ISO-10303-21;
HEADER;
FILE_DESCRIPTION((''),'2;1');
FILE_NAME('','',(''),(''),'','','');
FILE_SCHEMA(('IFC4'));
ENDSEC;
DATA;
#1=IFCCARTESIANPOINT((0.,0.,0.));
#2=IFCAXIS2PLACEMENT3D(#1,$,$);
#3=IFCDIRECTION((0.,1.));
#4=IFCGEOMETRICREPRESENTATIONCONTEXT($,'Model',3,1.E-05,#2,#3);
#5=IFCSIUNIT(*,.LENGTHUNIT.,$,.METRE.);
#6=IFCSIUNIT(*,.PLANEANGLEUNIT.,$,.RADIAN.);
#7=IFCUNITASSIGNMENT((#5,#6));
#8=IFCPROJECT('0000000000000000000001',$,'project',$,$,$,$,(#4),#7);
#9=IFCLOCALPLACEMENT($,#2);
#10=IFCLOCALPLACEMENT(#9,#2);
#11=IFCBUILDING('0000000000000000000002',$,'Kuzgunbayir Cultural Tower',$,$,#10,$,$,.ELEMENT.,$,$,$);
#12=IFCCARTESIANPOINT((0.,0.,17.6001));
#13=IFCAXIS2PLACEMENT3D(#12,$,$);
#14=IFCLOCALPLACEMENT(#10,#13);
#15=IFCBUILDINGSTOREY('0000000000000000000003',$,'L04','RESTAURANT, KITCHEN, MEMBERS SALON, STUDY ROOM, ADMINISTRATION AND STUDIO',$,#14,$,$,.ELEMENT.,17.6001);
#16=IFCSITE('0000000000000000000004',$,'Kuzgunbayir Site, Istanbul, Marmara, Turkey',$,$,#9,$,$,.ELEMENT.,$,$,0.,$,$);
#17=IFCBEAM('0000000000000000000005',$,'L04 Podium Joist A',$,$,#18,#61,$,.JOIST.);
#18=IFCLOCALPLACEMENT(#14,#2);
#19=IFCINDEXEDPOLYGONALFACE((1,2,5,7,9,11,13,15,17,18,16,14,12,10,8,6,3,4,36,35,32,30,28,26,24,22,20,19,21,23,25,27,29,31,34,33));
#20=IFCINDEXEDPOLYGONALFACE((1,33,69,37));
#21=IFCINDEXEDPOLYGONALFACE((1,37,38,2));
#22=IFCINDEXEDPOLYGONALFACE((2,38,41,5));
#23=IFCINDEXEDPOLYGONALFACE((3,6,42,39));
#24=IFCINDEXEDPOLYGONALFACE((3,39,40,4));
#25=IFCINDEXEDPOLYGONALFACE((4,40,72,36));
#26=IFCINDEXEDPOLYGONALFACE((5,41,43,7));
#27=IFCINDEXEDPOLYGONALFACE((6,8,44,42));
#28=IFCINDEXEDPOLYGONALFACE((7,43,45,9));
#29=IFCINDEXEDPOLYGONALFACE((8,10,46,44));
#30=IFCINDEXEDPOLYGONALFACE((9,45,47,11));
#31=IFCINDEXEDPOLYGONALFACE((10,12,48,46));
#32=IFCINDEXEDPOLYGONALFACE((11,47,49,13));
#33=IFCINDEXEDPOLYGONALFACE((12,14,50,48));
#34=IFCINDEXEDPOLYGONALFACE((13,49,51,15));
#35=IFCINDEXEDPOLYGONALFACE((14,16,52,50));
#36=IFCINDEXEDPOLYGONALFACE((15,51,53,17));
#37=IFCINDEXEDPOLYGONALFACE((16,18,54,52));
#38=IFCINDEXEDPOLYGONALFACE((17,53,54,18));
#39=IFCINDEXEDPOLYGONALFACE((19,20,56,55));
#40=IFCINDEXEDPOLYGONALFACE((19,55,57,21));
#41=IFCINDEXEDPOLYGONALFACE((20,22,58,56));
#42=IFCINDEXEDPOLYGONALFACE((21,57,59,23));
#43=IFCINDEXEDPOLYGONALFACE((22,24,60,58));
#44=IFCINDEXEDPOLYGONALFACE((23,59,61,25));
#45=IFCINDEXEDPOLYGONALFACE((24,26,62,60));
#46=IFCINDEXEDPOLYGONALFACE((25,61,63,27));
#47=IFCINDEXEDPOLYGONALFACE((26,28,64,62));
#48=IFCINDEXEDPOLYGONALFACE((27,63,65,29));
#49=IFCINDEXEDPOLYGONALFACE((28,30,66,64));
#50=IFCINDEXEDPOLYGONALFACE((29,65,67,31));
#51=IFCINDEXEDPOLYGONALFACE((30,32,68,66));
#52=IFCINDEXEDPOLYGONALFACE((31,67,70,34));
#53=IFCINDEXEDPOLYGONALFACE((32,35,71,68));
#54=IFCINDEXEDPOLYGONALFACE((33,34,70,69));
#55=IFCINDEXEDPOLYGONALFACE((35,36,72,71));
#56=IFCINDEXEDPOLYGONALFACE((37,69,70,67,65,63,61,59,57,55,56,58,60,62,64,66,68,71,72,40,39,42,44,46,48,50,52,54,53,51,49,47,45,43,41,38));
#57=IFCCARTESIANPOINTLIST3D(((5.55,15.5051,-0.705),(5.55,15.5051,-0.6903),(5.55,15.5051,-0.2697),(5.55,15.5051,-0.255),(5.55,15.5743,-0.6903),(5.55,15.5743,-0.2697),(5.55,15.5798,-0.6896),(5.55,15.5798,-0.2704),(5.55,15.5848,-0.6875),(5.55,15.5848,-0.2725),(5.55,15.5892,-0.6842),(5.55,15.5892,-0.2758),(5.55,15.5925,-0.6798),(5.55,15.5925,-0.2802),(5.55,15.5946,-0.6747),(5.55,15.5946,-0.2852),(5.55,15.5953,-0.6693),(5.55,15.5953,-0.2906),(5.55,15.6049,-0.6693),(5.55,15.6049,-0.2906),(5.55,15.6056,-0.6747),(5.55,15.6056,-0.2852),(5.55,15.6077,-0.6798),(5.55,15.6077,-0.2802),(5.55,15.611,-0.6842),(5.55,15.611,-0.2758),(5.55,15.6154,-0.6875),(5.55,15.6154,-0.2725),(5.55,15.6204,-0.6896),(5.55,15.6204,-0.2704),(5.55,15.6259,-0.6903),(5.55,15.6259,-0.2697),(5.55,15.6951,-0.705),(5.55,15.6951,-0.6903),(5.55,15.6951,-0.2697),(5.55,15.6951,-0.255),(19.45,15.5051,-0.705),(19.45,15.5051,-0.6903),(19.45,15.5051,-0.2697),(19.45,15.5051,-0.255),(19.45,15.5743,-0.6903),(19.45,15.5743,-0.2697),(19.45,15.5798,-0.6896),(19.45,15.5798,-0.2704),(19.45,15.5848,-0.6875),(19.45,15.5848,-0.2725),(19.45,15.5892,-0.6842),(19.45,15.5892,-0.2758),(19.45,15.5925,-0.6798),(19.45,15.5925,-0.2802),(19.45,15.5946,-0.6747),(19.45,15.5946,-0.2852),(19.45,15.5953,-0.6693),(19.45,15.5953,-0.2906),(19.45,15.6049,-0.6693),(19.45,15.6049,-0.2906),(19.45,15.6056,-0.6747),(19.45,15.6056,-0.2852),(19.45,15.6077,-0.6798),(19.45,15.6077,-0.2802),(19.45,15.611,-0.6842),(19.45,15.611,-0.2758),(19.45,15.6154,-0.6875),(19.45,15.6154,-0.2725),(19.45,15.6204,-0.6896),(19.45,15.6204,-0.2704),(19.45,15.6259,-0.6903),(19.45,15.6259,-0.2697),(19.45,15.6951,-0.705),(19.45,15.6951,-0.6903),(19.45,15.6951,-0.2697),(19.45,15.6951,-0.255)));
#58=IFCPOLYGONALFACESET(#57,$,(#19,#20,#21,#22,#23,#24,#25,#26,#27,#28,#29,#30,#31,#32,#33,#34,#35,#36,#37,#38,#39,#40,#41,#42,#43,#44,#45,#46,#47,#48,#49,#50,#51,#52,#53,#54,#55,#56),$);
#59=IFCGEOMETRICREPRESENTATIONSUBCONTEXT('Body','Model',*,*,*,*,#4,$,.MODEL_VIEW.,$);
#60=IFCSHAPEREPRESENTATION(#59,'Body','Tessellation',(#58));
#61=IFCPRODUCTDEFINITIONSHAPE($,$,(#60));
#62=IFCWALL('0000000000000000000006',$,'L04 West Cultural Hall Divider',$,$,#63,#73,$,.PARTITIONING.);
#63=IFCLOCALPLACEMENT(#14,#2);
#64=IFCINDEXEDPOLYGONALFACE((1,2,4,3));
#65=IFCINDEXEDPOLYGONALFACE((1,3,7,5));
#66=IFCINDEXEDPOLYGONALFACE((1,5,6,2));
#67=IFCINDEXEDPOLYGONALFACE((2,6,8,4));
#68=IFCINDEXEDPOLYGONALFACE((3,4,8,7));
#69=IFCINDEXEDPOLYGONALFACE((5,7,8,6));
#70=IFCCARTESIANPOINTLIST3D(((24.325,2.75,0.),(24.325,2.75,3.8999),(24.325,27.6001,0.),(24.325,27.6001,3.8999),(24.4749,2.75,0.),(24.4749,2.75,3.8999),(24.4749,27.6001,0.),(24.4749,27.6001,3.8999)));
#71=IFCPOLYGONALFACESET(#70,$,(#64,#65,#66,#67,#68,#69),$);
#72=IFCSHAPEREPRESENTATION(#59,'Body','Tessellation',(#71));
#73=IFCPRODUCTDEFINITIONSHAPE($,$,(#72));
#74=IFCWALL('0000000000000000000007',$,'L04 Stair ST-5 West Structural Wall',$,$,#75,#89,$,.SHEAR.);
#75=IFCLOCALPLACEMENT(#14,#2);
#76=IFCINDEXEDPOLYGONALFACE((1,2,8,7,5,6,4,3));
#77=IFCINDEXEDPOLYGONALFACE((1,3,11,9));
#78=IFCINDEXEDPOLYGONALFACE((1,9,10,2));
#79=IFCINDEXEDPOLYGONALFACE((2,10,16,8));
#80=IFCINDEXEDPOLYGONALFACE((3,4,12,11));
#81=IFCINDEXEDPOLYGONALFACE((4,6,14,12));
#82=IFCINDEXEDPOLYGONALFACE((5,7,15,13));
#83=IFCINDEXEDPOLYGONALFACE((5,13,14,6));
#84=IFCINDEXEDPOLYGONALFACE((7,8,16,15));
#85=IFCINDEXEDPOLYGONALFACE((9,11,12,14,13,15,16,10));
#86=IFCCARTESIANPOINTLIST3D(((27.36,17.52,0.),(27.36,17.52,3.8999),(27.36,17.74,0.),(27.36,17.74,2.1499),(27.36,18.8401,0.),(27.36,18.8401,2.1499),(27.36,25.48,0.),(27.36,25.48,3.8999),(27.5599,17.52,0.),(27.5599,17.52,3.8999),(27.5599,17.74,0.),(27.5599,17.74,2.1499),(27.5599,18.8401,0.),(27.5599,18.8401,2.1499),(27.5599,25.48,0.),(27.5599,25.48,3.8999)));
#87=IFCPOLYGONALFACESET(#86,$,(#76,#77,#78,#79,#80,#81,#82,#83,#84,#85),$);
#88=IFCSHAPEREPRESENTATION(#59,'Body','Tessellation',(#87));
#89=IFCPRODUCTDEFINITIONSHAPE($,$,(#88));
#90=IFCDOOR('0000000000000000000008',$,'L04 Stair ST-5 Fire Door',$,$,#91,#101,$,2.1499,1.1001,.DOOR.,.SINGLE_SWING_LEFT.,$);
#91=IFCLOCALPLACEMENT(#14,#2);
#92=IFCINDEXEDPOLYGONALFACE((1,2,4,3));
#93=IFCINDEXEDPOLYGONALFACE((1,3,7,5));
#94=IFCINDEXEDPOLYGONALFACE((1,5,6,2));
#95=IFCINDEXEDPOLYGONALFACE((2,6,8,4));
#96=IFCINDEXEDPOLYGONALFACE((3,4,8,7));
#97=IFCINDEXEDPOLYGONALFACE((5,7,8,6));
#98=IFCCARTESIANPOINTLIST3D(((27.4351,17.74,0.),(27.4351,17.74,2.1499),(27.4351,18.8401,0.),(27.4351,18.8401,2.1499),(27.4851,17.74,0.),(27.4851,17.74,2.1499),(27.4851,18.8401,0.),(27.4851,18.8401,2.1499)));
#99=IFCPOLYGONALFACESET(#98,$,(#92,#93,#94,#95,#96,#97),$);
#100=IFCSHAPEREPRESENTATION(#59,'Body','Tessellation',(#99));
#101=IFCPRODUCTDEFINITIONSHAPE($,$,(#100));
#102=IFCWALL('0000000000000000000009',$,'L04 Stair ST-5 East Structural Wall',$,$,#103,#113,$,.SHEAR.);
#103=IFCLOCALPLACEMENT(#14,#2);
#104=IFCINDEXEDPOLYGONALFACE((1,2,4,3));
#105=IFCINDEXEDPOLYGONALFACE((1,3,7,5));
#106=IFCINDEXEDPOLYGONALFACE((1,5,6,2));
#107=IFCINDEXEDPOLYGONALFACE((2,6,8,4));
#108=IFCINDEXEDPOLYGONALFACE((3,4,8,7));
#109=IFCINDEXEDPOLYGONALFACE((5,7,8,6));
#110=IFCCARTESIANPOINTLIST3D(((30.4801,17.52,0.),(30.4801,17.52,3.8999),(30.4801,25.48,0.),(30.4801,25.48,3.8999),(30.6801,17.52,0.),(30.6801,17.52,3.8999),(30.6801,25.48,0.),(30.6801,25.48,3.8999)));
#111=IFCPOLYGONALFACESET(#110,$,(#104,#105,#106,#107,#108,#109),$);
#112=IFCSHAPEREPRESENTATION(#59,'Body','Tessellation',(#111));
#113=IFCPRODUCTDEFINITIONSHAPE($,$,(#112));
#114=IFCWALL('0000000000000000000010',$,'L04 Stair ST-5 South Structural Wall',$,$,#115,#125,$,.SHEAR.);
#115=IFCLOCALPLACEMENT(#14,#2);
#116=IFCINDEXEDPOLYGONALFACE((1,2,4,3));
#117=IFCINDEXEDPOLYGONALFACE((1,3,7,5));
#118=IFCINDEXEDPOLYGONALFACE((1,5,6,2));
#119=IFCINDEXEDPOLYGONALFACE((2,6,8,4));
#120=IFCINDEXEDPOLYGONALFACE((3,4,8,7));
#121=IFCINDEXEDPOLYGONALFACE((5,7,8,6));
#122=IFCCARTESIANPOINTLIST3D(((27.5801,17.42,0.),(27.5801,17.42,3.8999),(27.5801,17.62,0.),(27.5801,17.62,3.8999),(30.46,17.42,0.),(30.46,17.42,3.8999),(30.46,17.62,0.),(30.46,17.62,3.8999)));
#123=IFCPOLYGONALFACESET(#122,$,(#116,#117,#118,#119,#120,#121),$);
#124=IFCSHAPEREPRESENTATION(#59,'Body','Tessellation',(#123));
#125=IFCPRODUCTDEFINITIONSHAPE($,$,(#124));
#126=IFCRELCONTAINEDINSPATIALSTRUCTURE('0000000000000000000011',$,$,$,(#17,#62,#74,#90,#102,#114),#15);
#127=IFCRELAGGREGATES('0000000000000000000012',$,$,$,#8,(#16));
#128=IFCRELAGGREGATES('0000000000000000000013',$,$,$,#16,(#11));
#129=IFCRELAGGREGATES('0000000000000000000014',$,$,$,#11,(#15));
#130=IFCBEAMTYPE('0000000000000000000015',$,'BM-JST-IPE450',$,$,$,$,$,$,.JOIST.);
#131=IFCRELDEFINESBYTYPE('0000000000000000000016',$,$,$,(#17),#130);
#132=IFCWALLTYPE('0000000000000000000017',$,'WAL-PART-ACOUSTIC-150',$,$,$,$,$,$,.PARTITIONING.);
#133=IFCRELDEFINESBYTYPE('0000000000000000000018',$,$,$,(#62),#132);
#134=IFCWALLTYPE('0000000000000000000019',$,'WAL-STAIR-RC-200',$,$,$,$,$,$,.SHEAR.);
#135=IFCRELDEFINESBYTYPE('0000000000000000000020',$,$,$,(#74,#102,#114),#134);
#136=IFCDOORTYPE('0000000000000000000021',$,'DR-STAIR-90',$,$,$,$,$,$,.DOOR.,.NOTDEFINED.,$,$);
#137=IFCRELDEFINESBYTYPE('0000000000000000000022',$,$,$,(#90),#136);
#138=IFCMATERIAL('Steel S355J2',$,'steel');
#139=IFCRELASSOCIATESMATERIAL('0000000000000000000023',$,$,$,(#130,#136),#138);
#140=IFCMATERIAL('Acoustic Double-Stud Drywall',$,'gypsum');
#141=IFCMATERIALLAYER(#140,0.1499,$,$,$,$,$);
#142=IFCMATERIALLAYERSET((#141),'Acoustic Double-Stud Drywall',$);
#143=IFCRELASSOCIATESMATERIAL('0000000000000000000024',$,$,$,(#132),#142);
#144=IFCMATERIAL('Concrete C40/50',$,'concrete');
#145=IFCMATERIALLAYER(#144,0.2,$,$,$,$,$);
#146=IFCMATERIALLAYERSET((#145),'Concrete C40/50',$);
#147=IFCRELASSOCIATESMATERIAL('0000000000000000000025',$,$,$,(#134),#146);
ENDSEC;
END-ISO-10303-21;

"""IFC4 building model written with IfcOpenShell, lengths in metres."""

from ifc_helpers import new_model, si_unit, direction, frame, frame_2d, origin, origin_2d, place, context, subcontext, project, spatial, rectangle, i_section, extrude, material, layer, layer_set, material_profile, profile_set, type_object, element, fill, save


model = new_model("IFC4")

# Units and contexts
model_context = context("Model", 3, precision=1e-05, world=origin(), true_north=direction((0.0, 1.0)))
body_context = subcontext(model_context, "Body", "Model", "MODEL_VIEW")
ifc_project = project(units=[si_unit("LENGTHUNIT", "METRE"), si_unit("PLANEANGLEUNIT", "RADIAN")], contexts=[model_context])

# Site, building, storey
site_placement = place(None, origin())
site = spatial("IfcSite", under=ifc_project, at=site_placement, Name="Kuzgunbayir Site, Istanbul, Marmara, Turkey", CompositionType="ELEMENT", RefElevation=0.0)
building_placement = place(site_placement, origin())
building = spatial("IfcBuilding", under=site, at=building_placement, Name="Kuzgunbayir Cultural Tower", CompositionType="ELEMENT")
storey_placement = place(building_placement, frame((0.0, 0.0, 17.6001)))
storey = spatial("IfcBuildingStorey", under=building, at=storey_placement, Name="L04", Description="RESTAURANT, KITCHEN, MEMBERS SALON, STUDY ROOM, ADMINISTRATION AND STUDIO", CompositionType="ELEMENT", Elevation=17.6001)

# Beam
ifc_material_1 = material(Name="Steel S355J2", Category="steel")
ifc_material_profile_1 = material_profile(ifc_material_1, i_section(OverallWidth=0.1899, OverallDepth=0.45, WebThickness=0.0095, FlangeThickness=0.0146, FilletRadius=0.021, at=origin_2d()), Name="IPE 450")
ifc_profile_set_1 = profile_set([ifc_material_profile_1], Name="Steel S355J2")
beam_type_1 = type_object("IfcBeamType", Name="BM-JST-IPE450", PredefinedType="JOIST", material=ifc_profile_set_1)
beam_1_placement = place(storey_placement, frame((5.55, 15.6001, -0.48), z_axis=(1.0, 0.0, 0.0), x_axis=(0.0, 1.0, 0.0)))
element("IfcBeam", 1, at=beam_1_placement, inside=storey, type_object=beam_type_1, Name="L04 Podium Joist A", PredefinedType="JOIST", context=body_context, shape_type="SweptSolid", body=[
    extrude(i_section(OverallWidth=0.1899, OverallDepth=0.45, WebThickness=0.0095, FlangeThickness=0.0146, FilletRadius=0.021, at=origin_2d()), origin(), (0.0, 0.0, 1.0), 13.8999),
])

# Wall
ifc_material_2 = material(Name="Acoustic Double-Stud Drywall", Category="gypsum")
ifc_layer_1 = layer(ifc_material_2, 0.1499)
ifc_layer_set_1 = layer_set([ifc_layer_1], Name="Acoustic Double-Stud Drywall")
wall_type_1 = type_object("IfcWallType", Name="WAL-PART-ACOUSTIC-150", PredefinedType="PARTITIONING", material=ifc_layer_set_1)
wall_1_placement = place(storey_placement, frame((24.3999, 2.75, 0.0), z_axis=(0.0, 0.0, 1.0), x_axis=(0.0, 1.0, 0.0)))
element("IfcWall", 2, at=wall_1_placement, inside=storey, type_object=wall_type_1, Name="L04 West Cultural Hall Divider", PredefinedType="PARTITIONING", context=body_context, shape_type="SweptSolid", body=[
    extrude(rectangle(XDim=24.8501, YDim=0.1499, at=frame_2d((12.425, 0.0))), origin(), (0.0, 0.0, 1.0), 3.8999),
])

# Wall, opening, door
ifc_material_3 = material(Name="Concrete C40/50", Category="concrete")
ifc_layer_2 = layer(ifc_material_3, 0.2)
ifc_layer_set_2 = layer_set([ifc_layer_2], Name="Concrete C40/50")
wall_type_2 = type_object("IfcWallType", Name="WAL-STAIR-RC-200", PredefinedType="SHEAR", material=ifc_layer_set_2)
wall_2_placement = place(storey_placement, frame((27.46, 17.52, 0.0), z_axis=(0.0, 0.0, 1.0), x_axis=(0.0, 1.0, 0.0)))
wall_2 = element("IfcWall", 3, at=wall_2_placement, inside=storey, type_object=wall_type_2, Name="L04 Stair ST-5 West Structural Wall", PredefinedType="SHEAR", context=body_context, shape_type="SweptSolid", body=[
    extrude(rectangle(XDim=7.96, YDim=0.2, at=frame_2d((3.98, 0.0))), origin(), (0.0, 0.0, 1.0), 3.8999),
])
opening_placement = place(wall_2_placement, frame((0.22, 0.0, 0.0)))
opening = element("IfcOpeningElement", 4, at=opening_placement, cuts=wall_2, PredefinedType="OPENING", context=body_context, shape_type="SweptSolid", body=[
    extrude(rectangle(XDim=1.1001, YDim=2.1499, at=frame_2d((0.55, 1.075))), frame((0.0, 0.1099, 0.0), z_axis=(0.0, -1.0, 0.0), x_axis=(1.0, 0.0, 0.0)), (0.0, 0.0, 1.0), 0.22),
])
door_type = type_object("IfcDoorType", Name="DR-STAIR-90", OperationType="NOTDEFINED", PredefinedType="DOOR", material=ifc_material_1)
door_placement = place(opening_placement, origin())
door = element("IfcDoor", 5, at=door_placement, inside=storey, type_object=door_type, Name="L04 Stair ST-5 Fire Door", OperationType="SINGLE_SWING_LEFT", OverallHeight=2.1499, OverallWidth=1.1001, PredefinedType="DOOR", context=body_context, shape_type="SweptSolid", body=[
    extrude(rectangle(XDim=1.1001, YDim=2.1499, at=frame_2d((0.55, 1.075))), frame((0.0, 0.0249, 0.0), z_axis=(0.0, -1.0, 0.0), x_axis=(1.0, 0.0, 0.0)), (0.0, 0.0, 1.0), 0.05),
])
fill(opening, door)

# Walls
wall_3_placement = place(storey_placement, frame((30.5801, 17.52, 0.0), z_axis=(0.0, 0.0, 1.0), x_axis=(0.0, 1.0, 0.0)))
element("IfcWall", 6, at=wall_3_placement, inside=storey, type_object=wall_type_2, Name="L04 Stair ST-5 East Structural Wall", PredefinedType="SHEAR", context=body_context, shape_type="SweptSolid", body=[
    extrude(rectangle(XDim=7.96, YDim=0.2, at=frame_2d((3.98, 0.0))), origin(), (0.0, 0.0, 1.0), 3.8999),
])
wall_4_placement = place(storey_placement, frame((27.5801, 17.52, 0.0), z_axis=(0.0, 0.0, 1.0), x_axis=(1.0, 0.0, 0.0)))
element("IfcWall", 7, at=wall_4_placement, inside=storey, type_object=wall_type_2, Name="L04 Stair ST-5 South Structural Wall", PredefinedType="SHEAR", context=body_context, shape_type="SweptSolid", body=[
    extrude(rectangle(XDim=2.8799, YDim=0.2, at=frame_2d((1.4399, 0.0))), origin(), (0.0, 0.0, 1.0), 3.8999),
])

save(model, "model.ifc")
